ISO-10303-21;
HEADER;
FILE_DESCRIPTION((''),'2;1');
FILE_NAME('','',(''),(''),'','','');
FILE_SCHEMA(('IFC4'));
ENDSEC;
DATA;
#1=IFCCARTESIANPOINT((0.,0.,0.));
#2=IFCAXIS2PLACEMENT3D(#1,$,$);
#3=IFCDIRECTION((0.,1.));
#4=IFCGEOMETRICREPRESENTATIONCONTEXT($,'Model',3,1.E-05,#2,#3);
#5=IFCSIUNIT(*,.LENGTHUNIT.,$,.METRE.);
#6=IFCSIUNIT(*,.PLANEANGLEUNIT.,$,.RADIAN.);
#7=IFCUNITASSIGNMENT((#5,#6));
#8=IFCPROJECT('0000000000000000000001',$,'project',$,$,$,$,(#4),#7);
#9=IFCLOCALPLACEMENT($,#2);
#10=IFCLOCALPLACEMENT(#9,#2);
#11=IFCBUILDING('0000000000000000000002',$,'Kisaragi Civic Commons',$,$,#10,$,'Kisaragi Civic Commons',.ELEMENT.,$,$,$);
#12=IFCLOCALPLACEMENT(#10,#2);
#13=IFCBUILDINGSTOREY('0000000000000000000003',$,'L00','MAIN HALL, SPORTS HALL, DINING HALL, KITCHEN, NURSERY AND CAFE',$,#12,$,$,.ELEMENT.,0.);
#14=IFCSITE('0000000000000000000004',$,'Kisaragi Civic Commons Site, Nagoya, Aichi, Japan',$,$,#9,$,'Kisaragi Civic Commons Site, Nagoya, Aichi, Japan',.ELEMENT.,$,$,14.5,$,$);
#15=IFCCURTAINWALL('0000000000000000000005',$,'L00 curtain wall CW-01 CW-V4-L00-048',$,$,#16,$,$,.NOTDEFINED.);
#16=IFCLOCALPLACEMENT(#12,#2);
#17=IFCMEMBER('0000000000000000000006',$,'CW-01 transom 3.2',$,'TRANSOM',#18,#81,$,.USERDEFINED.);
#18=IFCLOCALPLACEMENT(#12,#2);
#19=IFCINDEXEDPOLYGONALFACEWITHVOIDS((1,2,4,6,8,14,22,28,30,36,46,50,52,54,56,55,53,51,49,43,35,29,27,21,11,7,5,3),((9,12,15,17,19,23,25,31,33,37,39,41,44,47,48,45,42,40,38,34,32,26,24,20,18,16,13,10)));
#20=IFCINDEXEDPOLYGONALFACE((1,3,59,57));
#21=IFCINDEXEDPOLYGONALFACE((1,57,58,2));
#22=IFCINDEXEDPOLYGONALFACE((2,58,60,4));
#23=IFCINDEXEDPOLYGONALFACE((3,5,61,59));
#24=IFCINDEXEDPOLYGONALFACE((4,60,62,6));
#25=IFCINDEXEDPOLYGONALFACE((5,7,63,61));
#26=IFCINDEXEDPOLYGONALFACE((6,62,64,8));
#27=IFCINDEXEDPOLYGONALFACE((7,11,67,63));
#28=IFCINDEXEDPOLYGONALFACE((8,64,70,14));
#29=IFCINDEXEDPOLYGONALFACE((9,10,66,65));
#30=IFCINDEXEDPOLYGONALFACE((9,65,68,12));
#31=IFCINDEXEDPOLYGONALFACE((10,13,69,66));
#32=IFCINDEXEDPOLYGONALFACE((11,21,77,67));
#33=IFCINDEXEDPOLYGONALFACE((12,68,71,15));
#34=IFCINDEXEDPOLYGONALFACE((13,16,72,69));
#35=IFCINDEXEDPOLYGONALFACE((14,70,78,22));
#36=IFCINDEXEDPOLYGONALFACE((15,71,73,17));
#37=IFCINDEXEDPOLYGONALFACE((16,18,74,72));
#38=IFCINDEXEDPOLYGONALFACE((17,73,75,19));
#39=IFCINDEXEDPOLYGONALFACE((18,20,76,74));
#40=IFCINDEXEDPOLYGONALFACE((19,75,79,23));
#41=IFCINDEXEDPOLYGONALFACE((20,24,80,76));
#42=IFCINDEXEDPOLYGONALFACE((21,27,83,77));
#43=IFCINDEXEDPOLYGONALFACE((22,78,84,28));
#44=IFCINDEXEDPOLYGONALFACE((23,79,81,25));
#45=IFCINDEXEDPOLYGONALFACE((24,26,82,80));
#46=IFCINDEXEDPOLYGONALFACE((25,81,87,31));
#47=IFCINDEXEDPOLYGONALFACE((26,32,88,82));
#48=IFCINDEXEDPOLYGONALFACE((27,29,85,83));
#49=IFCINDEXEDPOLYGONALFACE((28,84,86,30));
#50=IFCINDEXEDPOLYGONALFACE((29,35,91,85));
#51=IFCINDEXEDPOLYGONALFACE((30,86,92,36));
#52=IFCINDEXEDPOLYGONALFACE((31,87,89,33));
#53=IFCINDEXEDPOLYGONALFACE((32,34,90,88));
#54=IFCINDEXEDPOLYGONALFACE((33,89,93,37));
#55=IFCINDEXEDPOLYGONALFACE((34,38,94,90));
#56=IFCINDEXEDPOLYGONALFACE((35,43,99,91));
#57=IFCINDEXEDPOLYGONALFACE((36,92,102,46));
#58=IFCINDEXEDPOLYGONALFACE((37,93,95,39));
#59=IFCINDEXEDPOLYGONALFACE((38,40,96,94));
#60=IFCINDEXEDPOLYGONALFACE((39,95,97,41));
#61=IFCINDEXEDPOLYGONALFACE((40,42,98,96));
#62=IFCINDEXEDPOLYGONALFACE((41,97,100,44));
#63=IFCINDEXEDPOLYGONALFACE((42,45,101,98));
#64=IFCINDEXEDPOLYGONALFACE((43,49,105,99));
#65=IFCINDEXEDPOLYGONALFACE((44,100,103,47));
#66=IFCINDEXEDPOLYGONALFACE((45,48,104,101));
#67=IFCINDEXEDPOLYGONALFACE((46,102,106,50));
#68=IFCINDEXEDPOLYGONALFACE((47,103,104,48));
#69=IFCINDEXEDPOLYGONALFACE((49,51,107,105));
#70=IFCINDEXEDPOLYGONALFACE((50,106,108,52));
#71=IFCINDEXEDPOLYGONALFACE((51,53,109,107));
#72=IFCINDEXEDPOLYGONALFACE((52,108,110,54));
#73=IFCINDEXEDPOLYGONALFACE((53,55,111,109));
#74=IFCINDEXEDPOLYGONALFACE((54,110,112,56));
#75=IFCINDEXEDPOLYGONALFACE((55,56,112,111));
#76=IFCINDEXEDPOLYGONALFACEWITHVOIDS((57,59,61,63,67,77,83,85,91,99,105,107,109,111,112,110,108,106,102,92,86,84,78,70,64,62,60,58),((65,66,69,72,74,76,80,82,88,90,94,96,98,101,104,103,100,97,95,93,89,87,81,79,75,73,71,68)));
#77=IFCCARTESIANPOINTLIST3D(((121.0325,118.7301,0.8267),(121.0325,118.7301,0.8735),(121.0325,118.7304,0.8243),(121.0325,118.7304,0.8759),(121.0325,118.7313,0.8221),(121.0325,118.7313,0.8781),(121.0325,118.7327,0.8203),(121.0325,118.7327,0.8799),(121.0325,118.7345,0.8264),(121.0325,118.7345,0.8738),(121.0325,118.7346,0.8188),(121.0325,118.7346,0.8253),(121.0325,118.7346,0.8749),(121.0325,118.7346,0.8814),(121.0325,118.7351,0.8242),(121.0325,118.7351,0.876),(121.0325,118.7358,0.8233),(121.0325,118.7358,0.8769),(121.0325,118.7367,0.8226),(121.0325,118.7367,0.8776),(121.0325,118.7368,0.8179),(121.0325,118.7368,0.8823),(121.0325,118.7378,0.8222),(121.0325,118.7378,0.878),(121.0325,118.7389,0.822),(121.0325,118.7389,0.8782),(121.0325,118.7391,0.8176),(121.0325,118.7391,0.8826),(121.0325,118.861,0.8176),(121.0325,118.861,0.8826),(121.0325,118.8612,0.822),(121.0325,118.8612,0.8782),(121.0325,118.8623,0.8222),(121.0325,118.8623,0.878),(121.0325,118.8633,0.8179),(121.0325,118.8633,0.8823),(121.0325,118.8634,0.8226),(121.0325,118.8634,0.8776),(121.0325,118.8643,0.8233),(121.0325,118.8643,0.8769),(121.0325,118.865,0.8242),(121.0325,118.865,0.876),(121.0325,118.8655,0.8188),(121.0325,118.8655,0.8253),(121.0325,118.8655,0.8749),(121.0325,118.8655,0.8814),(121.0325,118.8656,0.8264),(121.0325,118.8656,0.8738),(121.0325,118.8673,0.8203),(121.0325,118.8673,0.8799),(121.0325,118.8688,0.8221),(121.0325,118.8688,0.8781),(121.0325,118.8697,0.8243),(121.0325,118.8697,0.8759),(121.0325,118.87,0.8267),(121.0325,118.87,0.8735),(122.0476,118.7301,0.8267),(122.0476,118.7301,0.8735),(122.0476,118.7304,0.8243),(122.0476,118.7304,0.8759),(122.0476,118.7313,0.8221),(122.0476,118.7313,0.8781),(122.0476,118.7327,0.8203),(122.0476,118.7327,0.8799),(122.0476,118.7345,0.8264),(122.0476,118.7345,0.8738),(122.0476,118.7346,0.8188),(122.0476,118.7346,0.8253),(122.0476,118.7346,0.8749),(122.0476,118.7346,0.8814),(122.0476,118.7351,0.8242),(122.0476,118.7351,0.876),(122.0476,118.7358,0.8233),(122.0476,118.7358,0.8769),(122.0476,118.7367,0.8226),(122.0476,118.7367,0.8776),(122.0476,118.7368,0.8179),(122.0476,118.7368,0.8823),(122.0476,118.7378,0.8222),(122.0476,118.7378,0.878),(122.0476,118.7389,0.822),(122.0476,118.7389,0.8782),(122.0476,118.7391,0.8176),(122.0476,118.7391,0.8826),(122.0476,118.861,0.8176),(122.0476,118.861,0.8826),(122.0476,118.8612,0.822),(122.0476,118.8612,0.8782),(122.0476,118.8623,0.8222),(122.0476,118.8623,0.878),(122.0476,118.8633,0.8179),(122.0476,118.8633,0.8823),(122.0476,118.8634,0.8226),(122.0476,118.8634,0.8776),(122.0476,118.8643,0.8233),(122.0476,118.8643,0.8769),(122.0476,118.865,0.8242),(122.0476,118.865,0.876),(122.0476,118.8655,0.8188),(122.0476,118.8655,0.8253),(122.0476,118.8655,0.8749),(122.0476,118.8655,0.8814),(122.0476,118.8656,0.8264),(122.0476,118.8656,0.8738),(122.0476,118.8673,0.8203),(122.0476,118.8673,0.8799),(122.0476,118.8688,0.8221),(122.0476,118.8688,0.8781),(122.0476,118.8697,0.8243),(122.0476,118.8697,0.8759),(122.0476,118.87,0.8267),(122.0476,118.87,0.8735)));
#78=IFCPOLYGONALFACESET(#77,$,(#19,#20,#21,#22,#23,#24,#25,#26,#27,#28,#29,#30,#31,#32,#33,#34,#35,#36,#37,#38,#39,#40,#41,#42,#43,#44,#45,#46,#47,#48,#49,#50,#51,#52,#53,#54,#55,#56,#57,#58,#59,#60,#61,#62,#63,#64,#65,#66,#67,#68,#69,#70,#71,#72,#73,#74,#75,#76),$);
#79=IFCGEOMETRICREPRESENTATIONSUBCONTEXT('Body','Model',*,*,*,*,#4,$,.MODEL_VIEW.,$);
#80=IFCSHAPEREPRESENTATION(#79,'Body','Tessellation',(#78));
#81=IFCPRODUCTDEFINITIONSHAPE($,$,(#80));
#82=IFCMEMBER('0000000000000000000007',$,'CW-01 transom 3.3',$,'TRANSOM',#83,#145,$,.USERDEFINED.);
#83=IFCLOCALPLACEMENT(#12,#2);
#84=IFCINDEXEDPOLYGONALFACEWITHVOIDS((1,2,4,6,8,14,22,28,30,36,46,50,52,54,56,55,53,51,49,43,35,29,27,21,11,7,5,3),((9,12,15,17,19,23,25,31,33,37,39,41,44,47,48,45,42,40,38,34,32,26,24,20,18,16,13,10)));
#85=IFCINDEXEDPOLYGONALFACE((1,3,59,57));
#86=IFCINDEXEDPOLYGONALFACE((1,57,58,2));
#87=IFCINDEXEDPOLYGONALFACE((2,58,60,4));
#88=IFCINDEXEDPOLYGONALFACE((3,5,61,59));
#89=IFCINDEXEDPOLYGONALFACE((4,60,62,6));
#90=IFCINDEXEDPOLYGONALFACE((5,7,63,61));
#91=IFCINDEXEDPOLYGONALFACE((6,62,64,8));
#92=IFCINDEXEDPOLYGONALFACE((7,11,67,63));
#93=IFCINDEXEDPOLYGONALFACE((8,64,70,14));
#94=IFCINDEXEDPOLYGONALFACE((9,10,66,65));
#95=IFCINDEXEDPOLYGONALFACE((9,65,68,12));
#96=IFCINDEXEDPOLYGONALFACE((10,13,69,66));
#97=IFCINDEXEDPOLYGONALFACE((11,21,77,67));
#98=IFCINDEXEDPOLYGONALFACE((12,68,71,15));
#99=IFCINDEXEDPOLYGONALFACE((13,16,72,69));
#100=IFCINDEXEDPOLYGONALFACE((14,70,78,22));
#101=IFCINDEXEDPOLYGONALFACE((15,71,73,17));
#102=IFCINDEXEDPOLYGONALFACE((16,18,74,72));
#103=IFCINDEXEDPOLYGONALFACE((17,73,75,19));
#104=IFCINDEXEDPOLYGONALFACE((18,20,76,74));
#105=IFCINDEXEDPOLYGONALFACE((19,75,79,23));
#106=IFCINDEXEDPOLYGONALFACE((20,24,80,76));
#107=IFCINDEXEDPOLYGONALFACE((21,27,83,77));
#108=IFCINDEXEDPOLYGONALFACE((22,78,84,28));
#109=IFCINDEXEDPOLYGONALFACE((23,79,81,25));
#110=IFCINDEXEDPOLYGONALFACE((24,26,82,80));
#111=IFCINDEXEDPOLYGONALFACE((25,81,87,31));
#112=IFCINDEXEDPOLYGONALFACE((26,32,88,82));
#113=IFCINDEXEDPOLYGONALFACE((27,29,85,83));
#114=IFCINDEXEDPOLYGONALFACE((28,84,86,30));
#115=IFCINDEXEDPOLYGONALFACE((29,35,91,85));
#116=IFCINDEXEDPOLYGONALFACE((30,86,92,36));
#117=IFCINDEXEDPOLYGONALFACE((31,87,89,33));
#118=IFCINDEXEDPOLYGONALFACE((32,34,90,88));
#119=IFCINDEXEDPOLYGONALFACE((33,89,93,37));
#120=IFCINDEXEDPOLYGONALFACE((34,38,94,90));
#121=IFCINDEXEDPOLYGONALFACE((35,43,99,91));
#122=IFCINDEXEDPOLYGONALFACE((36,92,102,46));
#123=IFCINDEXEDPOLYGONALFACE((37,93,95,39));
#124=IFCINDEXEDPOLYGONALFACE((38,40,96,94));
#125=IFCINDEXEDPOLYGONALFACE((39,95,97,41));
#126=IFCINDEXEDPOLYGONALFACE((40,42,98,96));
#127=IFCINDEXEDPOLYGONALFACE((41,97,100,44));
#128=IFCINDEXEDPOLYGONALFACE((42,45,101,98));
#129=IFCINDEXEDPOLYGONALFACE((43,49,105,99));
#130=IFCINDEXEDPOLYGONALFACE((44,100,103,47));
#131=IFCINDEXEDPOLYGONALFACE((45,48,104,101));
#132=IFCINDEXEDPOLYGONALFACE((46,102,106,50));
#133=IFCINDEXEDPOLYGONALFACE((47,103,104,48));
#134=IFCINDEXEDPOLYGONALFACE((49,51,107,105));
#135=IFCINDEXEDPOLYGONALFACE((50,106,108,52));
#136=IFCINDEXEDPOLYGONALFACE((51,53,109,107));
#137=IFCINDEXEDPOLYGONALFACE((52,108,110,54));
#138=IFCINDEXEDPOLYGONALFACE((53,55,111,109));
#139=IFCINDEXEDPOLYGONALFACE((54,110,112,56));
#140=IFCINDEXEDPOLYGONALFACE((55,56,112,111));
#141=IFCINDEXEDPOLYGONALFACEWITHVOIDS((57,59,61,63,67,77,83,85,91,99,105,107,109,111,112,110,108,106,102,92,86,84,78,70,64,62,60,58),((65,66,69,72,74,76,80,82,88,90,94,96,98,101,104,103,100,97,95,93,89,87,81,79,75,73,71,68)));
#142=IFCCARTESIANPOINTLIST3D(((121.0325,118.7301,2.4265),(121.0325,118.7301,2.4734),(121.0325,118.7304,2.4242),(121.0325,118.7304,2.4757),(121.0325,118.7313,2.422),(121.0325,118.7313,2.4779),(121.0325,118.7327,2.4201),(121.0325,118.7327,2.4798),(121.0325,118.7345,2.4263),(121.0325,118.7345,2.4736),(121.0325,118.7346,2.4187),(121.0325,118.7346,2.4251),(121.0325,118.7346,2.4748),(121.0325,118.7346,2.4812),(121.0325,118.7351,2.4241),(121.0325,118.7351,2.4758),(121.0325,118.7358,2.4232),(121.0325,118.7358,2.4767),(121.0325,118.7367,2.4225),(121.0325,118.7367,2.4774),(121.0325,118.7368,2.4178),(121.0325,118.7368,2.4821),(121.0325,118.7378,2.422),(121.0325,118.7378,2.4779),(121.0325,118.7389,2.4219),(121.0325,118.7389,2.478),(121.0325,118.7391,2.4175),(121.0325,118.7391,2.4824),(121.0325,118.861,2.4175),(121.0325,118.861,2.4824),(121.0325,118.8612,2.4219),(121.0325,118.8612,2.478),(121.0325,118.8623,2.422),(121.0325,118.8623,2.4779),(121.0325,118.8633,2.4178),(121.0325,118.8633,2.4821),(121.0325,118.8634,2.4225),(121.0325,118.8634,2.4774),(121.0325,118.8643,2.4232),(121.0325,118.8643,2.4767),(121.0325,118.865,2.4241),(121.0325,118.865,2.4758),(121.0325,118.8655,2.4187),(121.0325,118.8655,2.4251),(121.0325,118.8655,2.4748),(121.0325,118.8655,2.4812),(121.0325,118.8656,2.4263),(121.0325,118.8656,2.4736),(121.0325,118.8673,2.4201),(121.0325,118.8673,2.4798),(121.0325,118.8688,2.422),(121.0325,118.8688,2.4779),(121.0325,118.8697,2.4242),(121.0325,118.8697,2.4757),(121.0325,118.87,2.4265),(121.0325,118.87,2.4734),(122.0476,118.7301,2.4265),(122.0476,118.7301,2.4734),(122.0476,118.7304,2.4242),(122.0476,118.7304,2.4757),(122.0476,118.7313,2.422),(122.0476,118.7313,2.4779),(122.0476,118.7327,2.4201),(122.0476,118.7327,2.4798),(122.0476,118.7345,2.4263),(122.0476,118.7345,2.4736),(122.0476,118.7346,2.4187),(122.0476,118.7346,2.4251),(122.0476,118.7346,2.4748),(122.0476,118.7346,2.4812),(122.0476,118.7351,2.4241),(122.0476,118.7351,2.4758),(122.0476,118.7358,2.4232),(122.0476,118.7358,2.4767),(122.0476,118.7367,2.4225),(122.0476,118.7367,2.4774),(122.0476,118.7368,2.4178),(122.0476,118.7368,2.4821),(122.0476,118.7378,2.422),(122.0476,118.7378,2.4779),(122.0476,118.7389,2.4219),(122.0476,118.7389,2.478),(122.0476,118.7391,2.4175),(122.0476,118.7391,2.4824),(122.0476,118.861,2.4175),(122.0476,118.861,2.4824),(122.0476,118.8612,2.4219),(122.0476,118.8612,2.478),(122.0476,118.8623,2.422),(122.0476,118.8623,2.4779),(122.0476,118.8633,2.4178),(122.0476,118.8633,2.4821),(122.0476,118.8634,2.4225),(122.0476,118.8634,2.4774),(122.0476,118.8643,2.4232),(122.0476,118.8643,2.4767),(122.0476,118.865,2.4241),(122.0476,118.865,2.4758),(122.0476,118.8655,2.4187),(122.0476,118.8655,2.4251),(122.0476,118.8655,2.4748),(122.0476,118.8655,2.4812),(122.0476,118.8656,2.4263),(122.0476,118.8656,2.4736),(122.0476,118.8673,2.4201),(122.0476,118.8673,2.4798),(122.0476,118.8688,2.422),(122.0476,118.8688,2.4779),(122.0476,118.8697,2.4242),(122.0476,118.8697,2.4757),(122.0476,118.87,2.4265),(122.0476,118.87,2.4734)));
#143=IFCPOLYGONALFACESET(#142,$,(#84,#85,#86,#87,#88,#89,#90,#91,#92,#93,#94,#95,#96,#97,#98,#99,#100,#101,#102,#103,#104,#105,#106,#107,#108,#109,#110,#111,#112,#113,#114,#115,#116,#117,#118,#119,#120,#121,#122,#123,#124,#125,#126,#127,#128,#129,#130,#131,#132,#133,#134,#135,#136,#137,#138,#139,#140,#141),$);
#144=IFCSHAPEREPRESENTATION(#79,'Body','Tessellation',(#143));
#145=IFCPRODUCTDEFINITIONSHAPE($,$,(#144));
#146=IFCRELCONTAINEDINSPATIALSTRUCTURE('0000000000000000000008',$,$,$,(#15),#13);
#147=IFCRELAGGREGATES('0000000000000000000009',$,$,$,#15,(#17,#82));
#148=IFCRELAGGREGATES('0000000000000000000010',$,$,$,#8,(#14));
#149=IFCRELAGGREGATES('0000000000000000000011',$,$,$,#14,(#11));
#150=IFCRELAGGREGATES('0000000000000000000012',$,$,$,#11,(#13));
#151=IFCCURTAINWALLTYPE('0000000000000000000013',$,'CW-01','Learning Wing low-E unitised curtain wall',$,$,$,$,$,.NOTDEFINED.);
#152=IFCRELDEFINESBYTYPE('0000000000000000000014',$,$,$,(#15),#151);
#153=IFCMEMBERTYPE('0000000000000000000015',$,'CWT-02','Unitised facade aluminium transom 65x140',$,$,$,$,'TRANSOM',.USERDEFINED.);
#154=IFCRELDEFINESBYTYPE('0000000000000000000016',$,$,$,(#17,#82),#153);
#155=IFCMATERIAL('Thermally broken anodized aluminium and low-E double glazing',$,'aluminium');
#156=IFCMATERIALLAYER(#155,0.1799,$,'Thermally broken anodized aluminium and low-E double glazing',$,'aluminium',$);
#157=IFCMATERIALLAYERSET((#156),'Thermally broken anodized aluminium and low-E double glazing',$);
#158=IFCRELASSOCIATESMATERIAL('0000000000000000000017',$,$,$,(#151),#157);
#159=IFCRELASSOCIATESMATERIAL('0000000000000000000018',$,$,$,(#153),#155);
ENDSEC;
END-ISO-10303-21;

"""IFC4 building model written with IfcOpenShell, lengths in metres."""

from ifc_helpers import new_model, si_unit, direction, frame, origin, origin_2d, place, context, subcontext, project, spatial, hollow_rectangle, extrude, material, layer, layer_set, material_profile, profile_set, type_object, element, aggregate, save


model = new_model("IFC4")

# Units and contexts
model_context = context("Model", 3, precision=1e-05, world=origin(), true_north=direction((0.0, 1.0)))
body_context = subcontext(model_context, "Body", "Model", "MODEL_VIEW")
ifc_project = project(units=[si_unit("LENGTHUNIT", "METRE"), si_unit("PLANEANGLEUNIT", "RADIAN")], contexts=[model_context])

# Site, building, storey
site_placement = place(None, origin())
site = spatial("IfcSite", under=ifc_project, at=site_placement, Name="Kisaragi Civic Commons Site, Nagoya, Aichi, Japan", LongName="Kisaragi Civic Commons Site, Nagoya, Aichi, Japan", CompositionType="ELEMENT", RefElevation=14.5)
building_placement = place(site_placement, origin())
building = spatial("IfcBuilding", under=site, at=building_placement, Name="Kisaragi Civic Commons", LongName="Kisaragi Civic Commons", CompositionType="ELEMENT")
storey_placement = place(building_placement, origin())
storey = spatial("IfcBuildingStorey", under=building, at=storey_placement, Name="L00", Description="MAIN HALL, SPORTS HALL, DINING HALL, KITCHEN, NURSERY AND CAFE", CompositionType="ELEMENT", Elevation=0.0)

# Curtain wall, members
ifc_material_1 = material(Name="Thermally broken anodized aluminium and low-E double glazing", Category="aluminium")
ifc_layer_1 = layer(ifc_material_1, 0.1799, Name="Thermally broken anodized aluminium and low-E double glazing", Category="aluminium")
ifc_layer_set_1 = layer_set([ifc_layer_1], Name="Thermally broken anodized aluminium and low-E double glazing")
curtain_wall_type = type_object("IfcCurtainWallType", Name="CW-01", Description="Learning Wing low-E unitised curtain wall", PredefinedType="NOTDEFINED", material=ifc_layer_set_1)
curtain_wall_placement = place(storey_placement, origin())
curtain_wall = element("IfcCurtainWall", 1, at=curtain_wall_placement, inside=storey, type_object=curtain_wall_type, Name="L00 curtain wall CW-01 CW-V4-L00-048", PredefinedType="NOTDEFINED")
ifc_material_profile_1 = material_profile(ifc_material_1, hollow_rectangle(XDim=0.1399, YDim=0.0649, WallThickness=0.0044, InnerFilletRadius=0.0044, OuterFilletRadius=0.009, at=origin_2d()), Name="CWT-65x140x4.5", Category="aluminium")
ifc_profile_set_1 = profile_set([ifc_material_profile_1], Name="Thermally broken anodized aluminium and low-E double glazing")
member_type_1 = type_object("IfcMemberType", Name="CWT-02", Description="Unitised facade aluminium transom 65x140", ElementType="TRANSOM", PredefinedType="USERDEFINED", material=ifc_profile_set_1)
member_1_placement = place(storey_placement, frame((121.0325, 118.8, 0.8501), z_axis=(1.0, 0.0, 0.0), x_axis=(0.0, 1.0, 0.0)))
member_1 = element("IfcMember", 2, at=member_1_placement, type_object=member_type_1, Name="CW-01 transom 3.2", ObjectType="TRANSOM", PredefinedType="USERDEFINED", context=body_context, shape_type="SweptSolid", body=[
    extrude(hollow_rectangle(XDim=0.1399, YDim=0.0649, WallThickness=0.0044, InnerFilletRadius=0.0044, OuterFilletRadius=0.009, at=origin_2d()), origin(), (0.0, 0.0, 1.0), 1.0151),
])
member_2_placement = place(storey_placement, frame((121.0325, 118.8, 2.45), z_axis=(1.0, 0.0, 0.0), x_axis=(0.0, 1.0, 0.0)))
member_2 = element("IfcMember", 3, at=member_2_placement, type_object=member_type_1, Name="CW-01 transom 3.3", ObjectType="TRANSOM", PredefinedType="USERDEFINED", context=body_context, shape_type="SweptSolid", body=[
    extrude(hollow_rectangle(XDim=0.1399, YDim=0.0649, WallThickness=0.0044, InnerFilletRadius=0.0044, OuterFilletRadius=0.009, at=origin_2d()), origin(), (0.0, 0.0, 1.0), 1.0151),
])

aggregate(curtain_wall, [member_1, member_2])

save(model, "model.ifc")
